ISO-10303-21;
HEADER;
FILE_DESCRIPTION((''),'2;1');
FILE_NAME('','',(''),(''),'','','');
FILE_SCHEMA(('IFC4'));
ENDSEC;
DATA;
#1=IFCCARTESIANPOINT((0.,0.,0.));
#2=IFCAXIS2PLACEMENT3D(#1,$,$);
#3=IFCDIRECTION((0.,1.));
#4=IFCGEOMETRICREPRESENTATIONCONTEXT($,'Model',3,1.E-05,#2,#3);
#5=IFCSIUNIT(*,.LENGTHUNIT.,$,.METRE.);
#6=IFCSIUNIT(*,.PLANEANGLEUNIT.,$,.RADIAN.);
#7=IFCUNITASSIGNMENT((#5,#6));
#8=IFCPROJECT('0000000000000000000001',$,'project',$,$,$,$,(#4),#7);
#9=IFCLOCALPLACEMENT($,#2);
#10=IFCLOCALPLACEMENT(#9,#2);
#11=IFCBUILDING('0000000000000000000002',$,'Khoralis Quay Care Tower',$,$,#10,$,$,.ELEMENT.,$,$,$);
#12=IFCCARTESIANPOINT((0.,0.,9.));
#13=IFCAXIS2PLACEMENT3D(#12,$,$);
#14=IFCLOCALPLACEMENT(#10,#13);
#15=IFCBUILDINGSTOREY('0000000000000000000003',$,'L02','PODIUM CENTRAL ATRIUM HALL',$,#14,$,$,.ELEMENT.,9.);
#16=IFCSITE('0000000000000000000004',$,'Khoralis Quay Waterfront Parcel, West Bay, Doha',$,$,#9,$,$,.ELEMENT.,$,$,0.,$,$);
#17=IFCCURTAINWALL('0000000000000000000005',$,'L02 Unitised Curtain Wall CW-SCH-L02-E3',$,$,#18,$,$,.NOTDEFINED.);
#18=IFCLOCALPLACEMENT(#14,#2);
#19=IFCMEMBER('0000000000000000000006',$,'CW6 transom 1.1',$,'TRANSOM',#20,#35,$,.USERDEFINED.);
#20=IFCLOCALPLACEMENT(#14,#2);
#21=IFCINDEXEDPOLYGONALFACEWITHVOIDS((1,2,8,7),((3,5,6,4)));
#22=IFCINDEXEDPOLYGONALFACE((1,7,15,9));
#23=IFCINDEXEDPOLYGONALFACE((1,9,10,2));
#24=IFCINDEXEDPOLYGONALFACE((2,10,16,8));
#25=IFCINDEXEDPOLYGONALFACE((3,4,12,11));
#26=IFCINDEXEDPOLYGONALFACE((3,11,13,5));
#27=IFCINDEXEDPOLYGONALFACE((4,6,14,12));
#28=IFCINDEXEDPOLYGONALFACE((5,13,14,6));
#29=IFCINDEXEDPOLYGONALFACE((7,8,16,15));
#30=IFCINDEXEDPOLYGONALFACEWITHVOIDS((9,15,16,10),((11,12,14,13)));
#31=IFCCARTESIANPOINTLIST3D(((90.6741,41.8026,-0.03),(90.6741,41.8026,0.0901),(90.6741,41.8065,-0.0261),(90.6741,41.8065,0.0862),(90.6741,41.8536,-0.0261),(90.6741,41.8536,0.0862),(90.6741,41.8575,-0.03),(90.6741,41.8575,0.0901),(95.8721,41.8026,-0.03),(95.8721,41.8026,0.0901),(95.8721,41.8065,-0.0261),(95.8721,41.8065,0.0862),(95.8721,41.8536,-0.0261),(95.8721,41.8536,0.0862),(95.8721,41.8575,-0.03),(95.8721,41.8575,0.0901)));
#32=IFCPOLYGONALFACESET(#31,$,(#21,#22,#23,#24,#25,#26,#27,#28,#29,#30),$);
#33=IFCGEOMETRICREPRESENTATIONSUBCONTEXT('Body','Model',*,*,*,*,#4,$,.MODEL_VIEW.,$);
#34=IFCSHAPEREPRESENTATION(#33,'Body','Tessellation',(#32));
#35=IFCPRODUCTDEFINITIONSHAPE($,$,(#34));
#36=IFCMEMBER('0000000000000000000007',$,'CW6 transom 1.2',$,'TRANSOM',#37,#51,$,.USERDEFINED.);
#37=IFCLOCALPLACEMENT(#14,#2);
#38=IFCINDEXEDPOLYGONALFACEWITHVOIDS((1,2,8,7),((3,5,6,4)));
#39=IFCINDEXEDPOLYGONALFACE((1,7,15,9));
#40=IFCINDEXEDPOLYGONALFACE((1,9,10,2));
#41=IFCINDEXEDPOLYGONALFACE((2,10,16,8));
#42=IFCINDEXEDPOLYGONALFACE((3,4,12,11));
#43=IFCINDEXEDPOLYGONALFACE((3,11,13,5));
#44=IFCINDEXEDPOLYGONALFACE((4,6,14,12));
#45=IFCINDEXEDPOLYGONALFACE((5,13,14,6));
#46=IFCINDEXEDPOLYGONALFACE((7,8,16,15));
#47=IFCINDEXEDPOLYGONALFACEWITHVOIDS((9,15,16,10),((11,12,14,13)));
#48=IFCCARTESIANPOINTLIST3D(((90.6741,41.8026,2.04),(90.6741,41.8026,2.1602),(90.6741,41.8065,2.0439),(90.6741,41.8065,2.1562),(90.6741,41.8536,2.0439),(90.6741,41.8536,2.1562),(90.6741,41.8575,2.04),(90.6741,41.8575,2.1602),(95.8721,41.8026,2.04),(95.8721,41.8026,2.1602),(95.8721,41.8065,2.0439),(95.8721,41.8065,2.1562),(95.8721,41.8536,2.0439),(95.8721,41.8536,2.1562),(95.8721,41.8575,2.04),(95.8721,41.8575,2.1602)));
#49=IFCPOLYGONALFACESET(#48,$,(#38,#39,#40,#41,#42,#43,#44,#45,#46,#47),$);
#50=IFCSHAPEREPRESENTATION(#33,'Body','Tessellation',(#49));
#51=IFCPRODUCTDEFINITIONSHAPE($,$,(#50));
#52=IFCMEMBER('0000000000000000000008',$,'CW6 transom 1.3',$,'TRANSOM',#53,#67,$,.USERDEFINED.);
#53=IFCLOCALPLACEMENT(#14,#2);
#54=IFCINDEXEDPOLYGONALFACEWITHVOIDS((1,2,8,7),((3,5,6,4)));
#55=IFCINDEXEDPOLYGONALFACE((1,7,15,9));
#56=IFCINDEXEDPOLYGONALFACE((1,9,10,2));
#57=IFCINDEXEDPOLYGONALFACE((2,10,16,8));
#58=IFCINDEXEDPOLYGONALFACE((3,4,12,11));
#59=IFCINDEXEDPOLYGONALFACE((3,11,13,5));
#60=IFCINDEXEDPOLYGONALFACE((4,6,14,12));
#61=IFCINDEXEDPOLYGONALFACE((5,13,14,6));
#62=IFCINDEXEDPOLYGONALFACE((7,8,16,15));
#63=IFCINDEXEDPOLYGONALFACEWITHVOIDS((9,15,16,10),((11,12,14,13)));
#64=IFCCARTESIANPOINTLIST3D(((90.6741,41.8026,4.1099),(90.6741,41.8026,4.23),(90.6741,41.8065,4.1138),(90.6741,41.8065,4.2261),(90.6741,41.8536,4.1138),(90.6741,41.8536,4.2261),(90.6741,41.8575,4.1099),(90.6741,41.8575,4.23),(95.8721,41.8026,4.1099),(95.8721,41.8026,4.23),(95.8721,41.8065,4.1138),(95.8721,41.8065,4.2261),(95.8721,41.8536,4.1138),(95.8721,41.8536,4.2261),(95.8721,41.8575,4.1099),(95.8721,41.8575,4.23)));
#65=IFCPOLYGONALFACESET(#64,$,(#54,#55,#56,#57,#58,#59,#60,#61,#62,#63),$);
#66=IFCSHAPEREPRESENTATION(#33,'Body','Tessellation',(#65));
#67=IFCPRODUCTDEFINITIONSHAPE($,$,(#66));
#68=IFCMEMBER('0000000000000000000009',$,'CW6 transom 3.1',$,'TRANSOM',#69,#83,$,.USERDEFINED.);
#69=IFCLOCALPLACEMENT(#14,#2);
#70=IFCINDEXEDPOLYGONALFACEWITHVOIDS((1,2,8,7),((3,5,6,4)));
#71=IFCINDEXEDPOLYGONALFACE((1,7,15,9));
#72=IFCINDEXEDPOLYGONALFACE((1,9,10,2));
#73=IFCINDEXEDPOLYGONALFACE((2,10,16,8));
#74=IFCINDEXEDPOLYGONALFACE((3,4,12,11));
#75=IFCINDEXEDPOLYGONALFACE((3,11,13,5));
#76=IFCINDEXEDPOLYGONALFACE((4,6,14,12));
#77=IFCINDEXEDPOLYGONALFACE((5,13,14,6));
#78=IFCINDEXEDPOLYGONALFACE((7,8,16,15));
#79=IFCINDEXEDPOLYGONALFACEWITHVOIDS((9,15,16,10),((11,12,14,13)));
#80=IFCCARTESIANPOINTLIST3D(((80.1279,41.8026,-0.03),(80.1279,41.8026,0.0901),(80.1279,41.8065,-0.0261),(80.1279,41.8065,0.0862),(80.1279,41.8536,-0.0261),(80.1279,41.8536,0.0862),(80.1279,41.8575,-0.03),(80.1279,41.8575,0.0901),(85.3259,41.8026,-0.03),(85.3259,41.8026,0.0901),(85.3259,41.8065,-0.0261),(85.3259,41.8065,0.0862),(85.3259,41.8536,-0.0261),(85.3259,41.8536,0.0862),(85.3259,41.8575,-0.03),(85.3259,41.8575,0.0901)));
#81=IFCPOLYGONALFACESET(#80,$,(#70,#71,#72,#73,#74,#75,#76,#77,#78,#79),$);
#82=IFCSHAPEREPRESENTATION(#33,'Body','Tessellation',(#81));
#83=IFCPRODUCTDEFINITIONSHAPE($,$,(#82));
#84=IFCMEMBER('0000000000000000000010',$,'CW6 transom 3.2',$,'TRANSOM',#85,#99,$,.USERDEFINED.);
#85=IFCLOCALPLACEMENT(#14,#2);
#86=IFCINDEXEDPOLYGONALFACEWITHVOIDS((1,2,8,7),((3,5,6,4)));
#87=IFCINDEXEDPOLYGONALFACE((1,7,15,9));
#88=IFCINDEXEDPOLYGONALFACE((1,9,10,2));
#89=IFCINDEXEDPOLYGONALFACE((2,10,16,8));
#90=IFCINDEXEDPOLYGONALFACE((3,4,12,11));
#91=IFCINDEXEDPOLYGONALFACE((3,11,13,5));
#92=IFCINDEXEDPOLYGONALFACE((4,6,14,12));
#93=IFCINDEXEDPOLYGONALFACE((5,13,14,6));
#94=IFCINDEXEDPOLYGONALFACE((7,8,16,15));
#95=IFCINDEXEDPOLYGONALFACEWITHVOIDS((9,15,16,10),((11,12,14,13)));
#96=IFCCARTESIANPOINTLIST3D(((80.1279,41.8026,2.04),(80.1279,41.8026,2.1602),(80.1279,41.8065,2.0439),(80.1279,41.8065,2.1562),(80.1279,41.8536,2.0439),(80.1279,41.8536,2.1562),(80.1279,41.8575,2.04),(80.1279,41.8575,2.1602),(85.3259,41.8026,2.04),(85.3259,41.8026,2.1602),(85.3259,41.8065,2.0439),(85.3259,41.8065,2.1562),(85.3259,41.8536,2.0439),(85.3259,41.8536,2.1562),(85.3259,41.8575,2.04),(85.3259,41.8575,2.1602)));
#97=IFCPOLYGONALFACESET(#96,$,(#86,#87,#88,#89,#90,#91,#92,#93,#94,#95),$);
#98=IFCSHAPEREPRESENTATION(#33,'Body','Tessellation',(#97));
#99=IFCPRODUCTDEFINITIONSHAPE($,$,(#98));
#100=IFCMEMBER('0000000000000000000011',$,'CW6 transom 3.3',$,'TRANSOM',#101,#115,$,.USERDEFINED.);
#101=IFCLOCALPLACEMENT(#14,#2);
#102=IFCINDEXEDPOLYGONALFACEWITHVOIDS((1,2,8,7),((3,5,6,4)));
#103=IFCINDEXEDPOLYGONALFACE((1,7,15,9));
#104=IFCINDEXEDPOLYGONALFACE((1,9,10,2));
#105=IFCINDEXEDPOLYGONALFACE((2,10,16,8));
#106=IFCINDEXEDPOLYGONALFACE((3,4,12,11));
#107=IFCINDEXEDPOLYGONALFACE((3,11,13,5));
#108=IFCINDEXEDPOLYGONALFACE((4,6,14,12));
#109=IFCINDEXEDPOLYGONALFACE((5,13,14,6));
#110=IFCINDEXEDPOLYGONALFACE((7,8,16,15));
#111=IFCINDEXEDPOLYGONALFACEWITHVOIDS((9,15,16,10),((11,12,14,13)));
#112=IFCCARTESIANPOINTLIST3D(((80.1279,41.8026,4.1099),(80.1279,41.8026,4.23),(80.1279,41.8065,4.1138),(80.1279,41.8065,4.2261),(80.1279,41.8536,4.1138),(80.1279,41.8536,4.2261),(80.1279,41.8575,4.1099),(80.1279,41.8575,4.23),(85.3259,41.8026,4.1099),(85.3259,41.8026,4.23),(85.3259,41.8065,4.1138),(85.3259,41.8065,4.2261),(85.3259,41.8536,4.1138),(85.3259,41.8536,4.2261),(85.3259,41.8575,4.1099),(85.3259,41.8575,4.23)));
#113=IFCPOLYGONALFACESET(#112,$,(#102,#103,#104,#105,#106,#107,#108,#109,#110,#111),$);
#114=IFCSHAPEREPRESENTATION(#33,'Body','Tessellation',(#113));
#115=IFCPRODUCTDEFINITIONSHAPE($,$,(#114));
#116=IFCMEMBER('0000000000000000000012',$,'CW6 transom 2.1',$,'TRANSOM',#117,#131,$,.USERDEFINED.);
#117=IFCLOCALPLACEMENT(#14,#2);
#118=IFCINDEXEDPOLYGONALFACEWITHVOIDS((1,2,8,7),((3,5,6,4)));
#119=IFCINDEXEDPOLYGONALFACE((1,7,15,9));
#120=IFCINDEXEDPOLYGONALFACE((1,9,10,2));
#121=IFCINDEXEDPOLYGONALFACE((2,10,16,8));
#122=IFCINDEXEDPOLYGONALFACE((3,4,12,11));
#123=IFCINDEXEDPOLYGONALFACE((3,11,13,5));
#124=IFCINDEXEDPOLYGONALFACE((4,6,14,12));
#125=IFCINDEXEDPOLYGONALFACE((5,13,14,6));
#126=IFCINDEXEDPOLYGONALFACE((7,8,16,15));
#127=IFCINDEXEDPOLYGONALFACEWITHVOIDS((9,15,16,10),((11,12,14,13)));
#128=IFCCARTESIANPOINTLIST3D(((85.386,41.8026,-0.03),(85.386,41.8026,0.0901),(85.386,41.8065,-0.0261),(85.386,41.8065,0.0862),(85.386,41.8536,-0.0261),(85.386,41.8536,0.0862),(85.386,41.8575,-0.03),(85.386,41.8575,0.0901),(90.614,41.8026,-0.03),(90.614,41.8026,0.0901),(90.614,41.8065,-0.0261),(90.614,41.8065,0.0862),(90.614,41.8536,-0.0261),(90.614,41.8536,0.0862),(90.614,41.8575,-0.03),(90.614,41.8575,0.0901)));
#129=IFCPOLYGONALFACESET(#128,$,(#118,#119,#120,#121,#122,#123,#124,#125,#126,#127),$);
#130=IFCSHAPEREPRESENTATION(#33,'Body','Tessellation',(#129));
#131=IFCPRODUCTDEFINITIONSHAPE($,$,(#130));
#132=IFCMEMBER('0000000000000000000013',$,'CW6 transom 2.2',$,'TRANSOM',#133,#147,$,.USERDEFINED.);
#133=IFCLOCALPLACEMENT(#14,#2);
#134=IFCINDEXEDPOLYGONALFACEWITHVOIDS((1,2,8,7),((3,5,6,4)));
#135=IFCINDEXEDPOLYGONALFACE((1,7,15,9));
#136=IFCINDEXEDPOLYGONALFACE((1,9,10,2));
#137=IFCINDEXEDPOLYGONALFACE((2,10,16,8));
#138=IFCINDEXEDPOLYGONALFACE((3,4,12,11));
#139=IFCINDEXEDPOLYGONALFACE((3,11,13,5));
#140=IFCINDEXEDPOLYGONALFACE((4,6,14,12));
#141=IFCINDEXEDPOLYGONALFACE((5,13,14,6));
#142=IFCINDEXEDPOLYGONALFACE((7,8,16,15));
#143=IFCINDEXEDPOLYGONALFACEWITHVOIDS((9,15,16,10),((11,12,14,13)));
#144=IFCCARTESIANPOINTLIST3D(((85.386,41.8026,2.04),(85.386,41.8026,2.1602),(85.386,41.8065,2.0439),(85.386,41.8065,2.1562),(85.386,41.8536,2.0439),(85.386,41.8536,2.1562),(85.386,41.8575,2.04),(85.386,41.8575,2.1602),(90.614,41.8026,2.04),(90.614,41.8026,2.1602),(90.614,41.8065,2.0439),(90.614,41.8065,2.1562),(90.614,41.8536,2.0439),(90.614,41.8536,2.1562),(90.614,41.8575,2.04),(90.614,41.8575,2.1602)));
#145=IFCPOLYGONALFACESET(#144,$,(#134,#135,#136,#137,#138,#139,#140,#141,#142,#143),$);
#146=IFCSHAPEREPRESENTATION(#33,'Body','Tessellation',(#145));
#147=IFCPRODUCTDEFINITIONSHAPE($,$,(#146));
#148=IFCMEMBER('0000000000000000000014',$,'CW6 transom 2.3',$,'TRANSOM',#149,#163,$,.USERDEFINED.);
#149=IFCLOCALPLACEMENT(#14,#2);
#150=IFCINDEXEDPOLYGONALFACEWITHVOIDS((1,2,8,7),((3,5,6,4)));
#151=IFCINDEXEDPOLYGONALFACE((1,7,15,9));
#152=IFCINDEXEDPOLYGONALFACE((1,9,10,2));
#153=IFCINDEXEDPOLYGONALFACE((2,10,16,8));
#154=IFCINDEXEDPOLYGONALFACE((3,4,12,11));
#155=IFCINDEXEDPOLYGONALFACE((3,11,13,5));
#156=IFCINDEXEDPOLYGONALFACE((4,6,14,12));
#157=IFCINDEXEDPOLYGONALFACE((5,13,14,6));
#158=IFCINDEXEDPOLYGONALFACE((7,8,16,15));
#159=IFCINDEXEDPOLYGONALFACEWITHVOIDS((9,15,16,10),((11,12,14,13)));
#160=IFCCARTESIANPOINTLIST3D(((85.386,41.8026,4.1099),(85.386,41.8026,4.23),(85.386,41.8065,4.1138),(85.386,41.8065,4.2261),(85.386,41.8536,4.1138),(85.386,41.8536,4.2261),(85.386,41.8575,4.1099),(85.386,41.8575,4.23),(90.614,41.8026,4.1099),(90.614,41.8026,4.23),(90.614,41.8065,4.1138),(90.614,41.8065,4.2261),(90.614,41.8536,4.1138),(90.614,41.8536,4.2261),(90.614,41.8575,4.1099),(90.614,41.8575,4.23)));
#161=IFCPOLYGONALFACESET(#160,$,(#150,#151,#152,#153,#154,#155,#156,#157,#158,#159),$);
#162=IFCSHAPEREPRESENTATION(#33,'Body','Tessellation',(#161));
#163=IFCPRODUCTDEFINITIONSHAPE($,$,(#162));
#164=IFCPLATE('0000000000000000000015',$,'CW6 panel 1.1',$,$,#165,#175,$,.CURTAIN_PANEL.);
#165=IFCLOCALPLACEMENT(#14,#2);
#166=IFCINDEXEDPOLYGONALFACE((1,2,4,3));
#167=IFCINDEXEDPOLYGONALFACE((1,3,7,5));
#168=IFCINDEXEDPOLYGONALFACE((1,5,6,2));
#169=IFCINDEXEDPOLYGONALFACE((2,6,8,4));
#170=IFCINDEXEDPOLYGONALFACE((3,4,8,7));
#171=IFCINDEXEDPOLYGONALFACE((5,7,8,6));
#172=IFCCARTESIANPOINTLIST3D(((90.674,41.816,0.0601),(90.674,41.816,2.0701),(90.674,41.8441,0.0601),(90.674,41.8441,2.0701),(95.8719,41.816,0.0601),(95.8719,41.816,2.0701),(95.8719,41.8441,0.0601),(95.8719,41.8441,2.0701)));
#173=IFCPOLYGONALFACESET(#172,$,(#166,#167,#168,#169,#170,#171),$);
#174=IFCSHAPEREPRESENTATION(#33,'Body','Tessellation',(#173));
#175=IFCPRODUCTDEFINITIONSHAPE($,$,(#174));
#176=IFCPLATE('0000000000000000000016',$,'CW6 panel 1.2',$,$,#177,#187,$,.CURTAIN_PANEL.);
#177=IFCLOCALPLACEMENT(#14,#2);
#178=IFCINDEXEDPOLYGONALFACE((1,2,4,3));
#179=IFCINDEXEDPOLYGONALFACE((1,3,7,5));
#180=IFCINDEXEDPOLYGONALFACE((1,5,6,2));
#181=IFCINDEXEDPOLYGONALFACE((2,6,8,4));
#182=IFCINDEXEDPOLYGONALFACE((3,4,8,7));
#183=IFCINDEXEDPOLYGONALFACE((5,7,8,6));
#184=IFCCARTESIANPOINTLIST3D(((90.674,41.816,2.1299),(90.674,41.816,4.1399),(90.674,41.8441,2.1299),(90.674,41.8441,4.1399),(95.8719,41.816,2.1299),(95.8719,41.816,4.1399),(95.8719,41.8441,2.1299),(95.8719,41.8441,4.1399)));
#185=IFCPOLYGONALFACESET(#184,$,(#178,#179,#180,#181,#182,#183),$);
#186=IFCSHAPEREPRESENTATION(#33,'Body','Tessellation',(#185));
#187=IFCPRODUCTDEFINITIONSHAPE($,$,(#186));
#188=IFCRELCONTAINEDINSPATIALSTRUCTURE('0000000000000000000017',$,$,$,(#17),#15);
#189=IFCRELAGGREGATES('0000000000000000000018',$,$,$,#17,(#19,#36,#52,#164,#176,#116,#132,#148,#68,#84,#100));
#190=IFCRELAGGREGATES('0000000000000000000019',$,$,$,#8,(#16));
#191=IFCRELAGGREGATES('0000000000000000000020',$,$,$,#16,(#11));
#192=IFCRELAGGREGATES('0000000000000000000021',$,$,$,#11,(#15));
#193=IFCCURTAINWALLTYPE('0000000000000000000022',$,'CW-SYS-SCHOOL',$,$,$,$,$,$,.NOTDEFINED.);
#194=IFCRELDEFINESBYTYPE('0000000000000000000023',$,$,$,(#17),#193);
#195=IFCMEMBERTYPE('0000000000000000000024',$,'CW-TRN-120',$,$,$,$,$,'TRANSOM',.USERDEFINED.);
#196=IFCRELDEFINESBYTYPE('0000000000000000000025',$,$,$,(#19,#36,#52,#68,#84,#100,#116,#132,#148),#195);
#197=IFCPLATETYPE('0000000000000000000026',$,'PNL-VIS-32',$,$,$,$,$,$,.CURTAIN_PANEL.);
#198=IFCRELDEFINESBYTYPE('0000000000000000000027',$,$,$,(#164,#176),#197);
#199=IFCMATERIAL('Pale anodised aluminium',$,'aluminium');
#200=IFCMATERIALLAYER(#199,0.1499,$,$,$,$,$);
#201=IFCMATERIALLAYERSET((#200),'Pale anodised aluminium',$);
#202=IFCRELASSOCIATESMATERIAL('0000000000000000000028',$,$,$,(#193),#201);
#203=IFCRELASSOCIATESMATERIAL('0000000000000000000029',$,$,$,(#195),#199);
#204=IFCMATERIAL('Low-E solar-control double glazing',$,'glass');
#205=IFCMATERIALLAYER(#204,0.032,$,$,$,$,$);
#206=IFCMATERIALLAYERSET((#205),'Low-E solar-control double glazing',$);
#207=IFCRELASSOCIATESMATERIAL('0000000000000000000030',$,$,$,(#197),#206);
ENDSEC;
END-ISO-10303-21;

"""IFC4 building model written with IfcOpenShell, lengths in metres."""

from ifc_helpers import new_model, si_unit, direction, frame, origin, origin_2d, place, context, subcontext, project, spatial, rectangle, hollow_rectangle, extrude, source, transform, mapped, material, layer, layer_set, material_profile, profile_set, type_object, element, aggregate, save


model = new_model("IFC4")

# Units and contexts
model_context = context("Model", 3, precision=1e-05, world=origin(), true_north=direction((0.0, 1.0)))
body_context = subcontext(model_context, "Body", "Model", "MODEL_VIEW")
ifc_project = project(units=[si_unit("LENGTHUNIT", "METRE"), si_unit("PLANEANGLEUNIT", "RADIAN")], contexts=[model_context])

# Site, building, storey
site_placement = place(None, origin())
site = spatial("IfcSite", under=ifc_project, at=site_placement, Name="Khoralis Quay Waterfront Parcel, West Bay, Doha", CompositionType="ELEMENT", RefElevation=0.0)
building_placement = place(site_placement, origin())
building = spatial("IfcBuilding", under=site, at=building_placement, Name="Khoralis Quay Care Tower", CompositionType="ELEMENT")
storey_placement = place(building_placement, frame((0.0, 0.0, 9.0)))
storey = spatial("IfcBuildingStorey", under=building, at=storey_placement, Name="L02", Description="PODIUM CENTRAL ATRIUM HALL", CompositionType="ELEMENT", Elevation=9.0)

# Curtain wall, members, plates
ifc_material_1 = material(Name="Pale anodised aluminium", Category="aluminium")
ifc_layer_1 = layer(ifc_material_1, 0.1499)
ifc_layer_set_1 = layer_set([ifc_layer_1], Name="Pale anodised aluminium")
curtain_wall_type = type_object("IfcCurtainWallType", Name="CW-SYS-SCHOOL", PredefinedType="NOTDEFINED", material=ifc_layer_set_1)
curtain_wall_placement = place(storey_placement, origin())
curtain_wall = element("IfcCurtainWall", 1, at=curtain_wall_placement, inside=storey, type_object=curtain_wall_type, Name="L02 Unitised Curtain Wall CW-SCH-L02-E3", PredefinedType="NOTDEFINED")
ifc_material_profile_1 = material_profile(ifc_material_1, hollow_rectangle(XDim=0.0549, YDim=0.1201, WallThickness=0.0039, at=origin_2d()), Name="Pale anodised aluminium")
ifc_profile_set_1 = profile_set([ifc_material_profile_1], Name="Pale anodised aluminium")
member_type_1 = type_object("IfcMemberType", Name="CW-TRN-120", ElementType="TRANSOM", PredefinedType="USERDEFINED", material=ifc_profile_set_1)
shared_shape_1 = source(origin(), body_context, "Body", "SweptSolid", [
    extrude(hollow_rectangle(XDim=0.0549, YDim=0.1201, WallThickness=0.0039, at=origin_2d()), origin(), (0.0, 0.0, 1.0), 5.198),
])
member_1_placement = place(storey_placement, frame((95.8721, 41.8301, 0.03), z_axis=(-1.0, 0.0, 0.0), x_axis=(0.0, -1.0, 0.0)))
member_1 = element("IfcMember", 2, at=member_1_placement, type_object=member_type_1, Name="CW6 transom 1.1", ObjectType="TRANSOM", PredefinedType="USERDEFINED", context=body_context, shape_type="MappedRepresentation", body=[
    mapped(shared_shape_1, transform((0.0, 0.0, 0.0), scale=1.0)),
])
member_2_placement = place(storey_placement, frame((95.8721, 41.8301, 2.1001), z_axis=(-1.0, 0.0, 0.0), x_axis=(0.0, -1.0, 0.0)))
member_2 = element("IfcMember", 3, at=member_2_placement, type_object=member_type_1, Name="CW6 transom 1.2", ObjectType="TRANSOM", PredefinedType="USERDEFINED", context=body_context, shape_type="MappedRepresentation", body=[
    mapped(shared_shape_1, transform((0.0, 0.0, 0.0), scale=1.0)),
])
member_3_placement = place(storey_placement, frame((95.8721, 41.8301, 4.1699), z_axis=(-1.0, 0.0, 0.0), x_axis=(0.0, -1.0, 0.0)))
member_3 = element("IfcMember", 4, at=member_3_placement, type_object=member_type_1, Name="CW6 transom 1.3", ObjectType="TRANSOM", PredefinedType="USERDEFINED", context=body_context, shape_type="MappedRepresentation", body=[
    mapped(shared_shape_1, transform((0.0, 0.0, 0.0), scale=1.0)),
])
member_4_placement = place(storey_placement, frame((85.3259, 41.8301, 0.03), z_axis=(-1.0, 0.0, 0.0), x_axis=(0.0, -1.0, 0.0)))
member_4 = element("IfcMember", 5, at=member_4_placement, type_object=member_type_1, Name="CW6 transom 3.1", ObjectType="TRANSOM", PredefinedType="USERDEFINED", context=body_context, shape_type="MappedRepresentation", body=[
    mapped(shared_shape_1, transform((0.0, 0.0, 0.0), scale=1.0)),
])
member_5_placement = place(storey_placement, frame((85.3259, 41.8301, 2.1001), z_axis=(-1.0, 0.0, 0.0), x_axis=(0.0, -1.0, 0.0)))
member_5 = element("IfcMember", 6, at=member_5_placement, type_object=member_type_1, Name="CW6 transom 3.2", ObjectType="TRANSOM", PredefinedType="USERDEFINED", context=body_context, shape_type="MappedRepresentation", body=[
    mapped(shared_shape_1, transform((0.0, 0.0, 0.0), scale=1.0)),
])
member_6_placement = place(storey_placement, frame((85.3259, 41.8301, 4.1699), z_axis=(-1.0, 0.0, 0.0), x_axis=(0.0, -1.0, 0.0)))
member_6 = element("IfcMember", 7, at=member_6_placement, type_object=member_type_1, Name="CW6 transom 3.3", ObjectType="TRANSOM", PredefinedType="USERDEFINED", context=body_context, shape_type="MappedRepresentation", body=[
    mapped(shared_shape_1, transform((0.0, 0.0, 0.0), scale=1.0)),
])
shared_shape_2 = source(origin(), body_context, "Body", "SweptSolid", [
    extrude(hollow_rectangle(XDim=0.0549, YDim=0.1201, WallThickness=0.0039, at=origin_2d()), origin(), (0.0, 0.0, 1.0), 5.228),
])
member_7_placement = place(storey_placement, frame((90.614, 41.8301, 0.03), z_axis=(-1.0, 0.0, 0.0), x_axis=(0.0, -1.0, 0.0)))
member_7 = element("IfcMember", 8, at=member_7_placement, type_object=member_type_1, Name="CW6 transom 2.1", ObjectType="TRANSOM", PredefinedType="USERDEFINED", context=body_context, shape_type="MappedRepresentation", body=[
    mapped(shared_shape_2, transform((0.0, 0.0, 0.0), scale=1.0)),
])
member_8_placement = place(storey_placement, frame((90.614, 41.8301, 2.1001), z_axis=(-1.0, 0.0, 0.0), x_axis=(0.0, -1.0, 0.0)))
member_8 = element("IfcMember", 9, at=member_8_placement, type_object=member_type_1, Name="CW6 transom 2.2", ObjectType="TRANSOM", PredefinedType="USERDEFINED", context=body_context, shape_type="MappedRepresentation", body=[
    mapped(shared_shape_2, transform((0.0, 0.0, 0.0), scale=1.0)),
])
member_9_placement = place(storey_placement, frame((90.614, 41.8301, 4.1699), z_axis=(-1.0, 0.0, 0.0), x_axis=(0.0, -1.0, 0.0)))
member_9 = element("IfcMember", 10, at=member_9_placement, type_object=member_type_1, Name="CW6 transom 2.3", ObjectType="TRANSOM", PredefinedType="USERDEFINED", context=body_context, shape_type="MappedRepresentation", body=[
    mapped(shared_shape_2, transform((0.0, 0.0, 0.0), scale=1.0)),
])
ifc_material_2 = material(Name="Low-E solar-control double glazing", Category="glass")
ifc_layer_2 = layer(ifc_material_2, 0.032)
ifc_layer_set_2 = layer_set([ifc_layer_2], Name="Low-E solar-control double glazing")
plate_type = type_object("IfcPlateType", Name="PNL-VIS-32", PredefinedType="CURTAIN_PANEL", material=ifc_layer_set_2)
shared_shape_3 = source(origin(), body_context, "Body", "SweptSolid", [
    extrude(rectangle(XDim=5.198, YDim=0.0281, at=origin_2d()), origin(), (0.0, 0.0, 1.0), 2.01),
])
plate_1_placement = place(storey_placement, frame((93.2729, 41.8301, 0.0601), z_axis=(0.0, 0.0, 1.0), x_axis=(-1.0, 0.0, 0.0)))
plate_1 = element("IfcPlate", 11, at=plate_1_placement, type_object=plate_type, Name="CW6 panel 1.1", PredefinedType="CURTAIN_PANEL", context=body_context, shape_type="MappedRepresentation", body=[
    mapped(shared_shape_3, transform((0.0, 0.0, 0.0), scale=1.0)),
])
plate_2_placement = place(storey_placement, frame((93.2729, 41.8301, 2.1299), z_axis=(0.0, 0.0, 1.0), x_axis=(-1.0, 0.0, 0.0)))
plate_2 = element("IfcPlate", 12, at=plate_2_placement, type_object=plate_type, Name="CW6 panel 1.2", PredefinedType="CURTAIN_PANEL", context=body_context, shape_type="MappedRepresentation", body=[
    mapped(shared_shape_3, transform((0.0, 0.0, 0.0), scale=1.0)),
])
aggregate(curtain_wall, [member_1, member_2, member_3, plate_1, plate_2, member_7, member_8, member_9, member_4, member_5, member_6])

save(model, "model.ifc")
